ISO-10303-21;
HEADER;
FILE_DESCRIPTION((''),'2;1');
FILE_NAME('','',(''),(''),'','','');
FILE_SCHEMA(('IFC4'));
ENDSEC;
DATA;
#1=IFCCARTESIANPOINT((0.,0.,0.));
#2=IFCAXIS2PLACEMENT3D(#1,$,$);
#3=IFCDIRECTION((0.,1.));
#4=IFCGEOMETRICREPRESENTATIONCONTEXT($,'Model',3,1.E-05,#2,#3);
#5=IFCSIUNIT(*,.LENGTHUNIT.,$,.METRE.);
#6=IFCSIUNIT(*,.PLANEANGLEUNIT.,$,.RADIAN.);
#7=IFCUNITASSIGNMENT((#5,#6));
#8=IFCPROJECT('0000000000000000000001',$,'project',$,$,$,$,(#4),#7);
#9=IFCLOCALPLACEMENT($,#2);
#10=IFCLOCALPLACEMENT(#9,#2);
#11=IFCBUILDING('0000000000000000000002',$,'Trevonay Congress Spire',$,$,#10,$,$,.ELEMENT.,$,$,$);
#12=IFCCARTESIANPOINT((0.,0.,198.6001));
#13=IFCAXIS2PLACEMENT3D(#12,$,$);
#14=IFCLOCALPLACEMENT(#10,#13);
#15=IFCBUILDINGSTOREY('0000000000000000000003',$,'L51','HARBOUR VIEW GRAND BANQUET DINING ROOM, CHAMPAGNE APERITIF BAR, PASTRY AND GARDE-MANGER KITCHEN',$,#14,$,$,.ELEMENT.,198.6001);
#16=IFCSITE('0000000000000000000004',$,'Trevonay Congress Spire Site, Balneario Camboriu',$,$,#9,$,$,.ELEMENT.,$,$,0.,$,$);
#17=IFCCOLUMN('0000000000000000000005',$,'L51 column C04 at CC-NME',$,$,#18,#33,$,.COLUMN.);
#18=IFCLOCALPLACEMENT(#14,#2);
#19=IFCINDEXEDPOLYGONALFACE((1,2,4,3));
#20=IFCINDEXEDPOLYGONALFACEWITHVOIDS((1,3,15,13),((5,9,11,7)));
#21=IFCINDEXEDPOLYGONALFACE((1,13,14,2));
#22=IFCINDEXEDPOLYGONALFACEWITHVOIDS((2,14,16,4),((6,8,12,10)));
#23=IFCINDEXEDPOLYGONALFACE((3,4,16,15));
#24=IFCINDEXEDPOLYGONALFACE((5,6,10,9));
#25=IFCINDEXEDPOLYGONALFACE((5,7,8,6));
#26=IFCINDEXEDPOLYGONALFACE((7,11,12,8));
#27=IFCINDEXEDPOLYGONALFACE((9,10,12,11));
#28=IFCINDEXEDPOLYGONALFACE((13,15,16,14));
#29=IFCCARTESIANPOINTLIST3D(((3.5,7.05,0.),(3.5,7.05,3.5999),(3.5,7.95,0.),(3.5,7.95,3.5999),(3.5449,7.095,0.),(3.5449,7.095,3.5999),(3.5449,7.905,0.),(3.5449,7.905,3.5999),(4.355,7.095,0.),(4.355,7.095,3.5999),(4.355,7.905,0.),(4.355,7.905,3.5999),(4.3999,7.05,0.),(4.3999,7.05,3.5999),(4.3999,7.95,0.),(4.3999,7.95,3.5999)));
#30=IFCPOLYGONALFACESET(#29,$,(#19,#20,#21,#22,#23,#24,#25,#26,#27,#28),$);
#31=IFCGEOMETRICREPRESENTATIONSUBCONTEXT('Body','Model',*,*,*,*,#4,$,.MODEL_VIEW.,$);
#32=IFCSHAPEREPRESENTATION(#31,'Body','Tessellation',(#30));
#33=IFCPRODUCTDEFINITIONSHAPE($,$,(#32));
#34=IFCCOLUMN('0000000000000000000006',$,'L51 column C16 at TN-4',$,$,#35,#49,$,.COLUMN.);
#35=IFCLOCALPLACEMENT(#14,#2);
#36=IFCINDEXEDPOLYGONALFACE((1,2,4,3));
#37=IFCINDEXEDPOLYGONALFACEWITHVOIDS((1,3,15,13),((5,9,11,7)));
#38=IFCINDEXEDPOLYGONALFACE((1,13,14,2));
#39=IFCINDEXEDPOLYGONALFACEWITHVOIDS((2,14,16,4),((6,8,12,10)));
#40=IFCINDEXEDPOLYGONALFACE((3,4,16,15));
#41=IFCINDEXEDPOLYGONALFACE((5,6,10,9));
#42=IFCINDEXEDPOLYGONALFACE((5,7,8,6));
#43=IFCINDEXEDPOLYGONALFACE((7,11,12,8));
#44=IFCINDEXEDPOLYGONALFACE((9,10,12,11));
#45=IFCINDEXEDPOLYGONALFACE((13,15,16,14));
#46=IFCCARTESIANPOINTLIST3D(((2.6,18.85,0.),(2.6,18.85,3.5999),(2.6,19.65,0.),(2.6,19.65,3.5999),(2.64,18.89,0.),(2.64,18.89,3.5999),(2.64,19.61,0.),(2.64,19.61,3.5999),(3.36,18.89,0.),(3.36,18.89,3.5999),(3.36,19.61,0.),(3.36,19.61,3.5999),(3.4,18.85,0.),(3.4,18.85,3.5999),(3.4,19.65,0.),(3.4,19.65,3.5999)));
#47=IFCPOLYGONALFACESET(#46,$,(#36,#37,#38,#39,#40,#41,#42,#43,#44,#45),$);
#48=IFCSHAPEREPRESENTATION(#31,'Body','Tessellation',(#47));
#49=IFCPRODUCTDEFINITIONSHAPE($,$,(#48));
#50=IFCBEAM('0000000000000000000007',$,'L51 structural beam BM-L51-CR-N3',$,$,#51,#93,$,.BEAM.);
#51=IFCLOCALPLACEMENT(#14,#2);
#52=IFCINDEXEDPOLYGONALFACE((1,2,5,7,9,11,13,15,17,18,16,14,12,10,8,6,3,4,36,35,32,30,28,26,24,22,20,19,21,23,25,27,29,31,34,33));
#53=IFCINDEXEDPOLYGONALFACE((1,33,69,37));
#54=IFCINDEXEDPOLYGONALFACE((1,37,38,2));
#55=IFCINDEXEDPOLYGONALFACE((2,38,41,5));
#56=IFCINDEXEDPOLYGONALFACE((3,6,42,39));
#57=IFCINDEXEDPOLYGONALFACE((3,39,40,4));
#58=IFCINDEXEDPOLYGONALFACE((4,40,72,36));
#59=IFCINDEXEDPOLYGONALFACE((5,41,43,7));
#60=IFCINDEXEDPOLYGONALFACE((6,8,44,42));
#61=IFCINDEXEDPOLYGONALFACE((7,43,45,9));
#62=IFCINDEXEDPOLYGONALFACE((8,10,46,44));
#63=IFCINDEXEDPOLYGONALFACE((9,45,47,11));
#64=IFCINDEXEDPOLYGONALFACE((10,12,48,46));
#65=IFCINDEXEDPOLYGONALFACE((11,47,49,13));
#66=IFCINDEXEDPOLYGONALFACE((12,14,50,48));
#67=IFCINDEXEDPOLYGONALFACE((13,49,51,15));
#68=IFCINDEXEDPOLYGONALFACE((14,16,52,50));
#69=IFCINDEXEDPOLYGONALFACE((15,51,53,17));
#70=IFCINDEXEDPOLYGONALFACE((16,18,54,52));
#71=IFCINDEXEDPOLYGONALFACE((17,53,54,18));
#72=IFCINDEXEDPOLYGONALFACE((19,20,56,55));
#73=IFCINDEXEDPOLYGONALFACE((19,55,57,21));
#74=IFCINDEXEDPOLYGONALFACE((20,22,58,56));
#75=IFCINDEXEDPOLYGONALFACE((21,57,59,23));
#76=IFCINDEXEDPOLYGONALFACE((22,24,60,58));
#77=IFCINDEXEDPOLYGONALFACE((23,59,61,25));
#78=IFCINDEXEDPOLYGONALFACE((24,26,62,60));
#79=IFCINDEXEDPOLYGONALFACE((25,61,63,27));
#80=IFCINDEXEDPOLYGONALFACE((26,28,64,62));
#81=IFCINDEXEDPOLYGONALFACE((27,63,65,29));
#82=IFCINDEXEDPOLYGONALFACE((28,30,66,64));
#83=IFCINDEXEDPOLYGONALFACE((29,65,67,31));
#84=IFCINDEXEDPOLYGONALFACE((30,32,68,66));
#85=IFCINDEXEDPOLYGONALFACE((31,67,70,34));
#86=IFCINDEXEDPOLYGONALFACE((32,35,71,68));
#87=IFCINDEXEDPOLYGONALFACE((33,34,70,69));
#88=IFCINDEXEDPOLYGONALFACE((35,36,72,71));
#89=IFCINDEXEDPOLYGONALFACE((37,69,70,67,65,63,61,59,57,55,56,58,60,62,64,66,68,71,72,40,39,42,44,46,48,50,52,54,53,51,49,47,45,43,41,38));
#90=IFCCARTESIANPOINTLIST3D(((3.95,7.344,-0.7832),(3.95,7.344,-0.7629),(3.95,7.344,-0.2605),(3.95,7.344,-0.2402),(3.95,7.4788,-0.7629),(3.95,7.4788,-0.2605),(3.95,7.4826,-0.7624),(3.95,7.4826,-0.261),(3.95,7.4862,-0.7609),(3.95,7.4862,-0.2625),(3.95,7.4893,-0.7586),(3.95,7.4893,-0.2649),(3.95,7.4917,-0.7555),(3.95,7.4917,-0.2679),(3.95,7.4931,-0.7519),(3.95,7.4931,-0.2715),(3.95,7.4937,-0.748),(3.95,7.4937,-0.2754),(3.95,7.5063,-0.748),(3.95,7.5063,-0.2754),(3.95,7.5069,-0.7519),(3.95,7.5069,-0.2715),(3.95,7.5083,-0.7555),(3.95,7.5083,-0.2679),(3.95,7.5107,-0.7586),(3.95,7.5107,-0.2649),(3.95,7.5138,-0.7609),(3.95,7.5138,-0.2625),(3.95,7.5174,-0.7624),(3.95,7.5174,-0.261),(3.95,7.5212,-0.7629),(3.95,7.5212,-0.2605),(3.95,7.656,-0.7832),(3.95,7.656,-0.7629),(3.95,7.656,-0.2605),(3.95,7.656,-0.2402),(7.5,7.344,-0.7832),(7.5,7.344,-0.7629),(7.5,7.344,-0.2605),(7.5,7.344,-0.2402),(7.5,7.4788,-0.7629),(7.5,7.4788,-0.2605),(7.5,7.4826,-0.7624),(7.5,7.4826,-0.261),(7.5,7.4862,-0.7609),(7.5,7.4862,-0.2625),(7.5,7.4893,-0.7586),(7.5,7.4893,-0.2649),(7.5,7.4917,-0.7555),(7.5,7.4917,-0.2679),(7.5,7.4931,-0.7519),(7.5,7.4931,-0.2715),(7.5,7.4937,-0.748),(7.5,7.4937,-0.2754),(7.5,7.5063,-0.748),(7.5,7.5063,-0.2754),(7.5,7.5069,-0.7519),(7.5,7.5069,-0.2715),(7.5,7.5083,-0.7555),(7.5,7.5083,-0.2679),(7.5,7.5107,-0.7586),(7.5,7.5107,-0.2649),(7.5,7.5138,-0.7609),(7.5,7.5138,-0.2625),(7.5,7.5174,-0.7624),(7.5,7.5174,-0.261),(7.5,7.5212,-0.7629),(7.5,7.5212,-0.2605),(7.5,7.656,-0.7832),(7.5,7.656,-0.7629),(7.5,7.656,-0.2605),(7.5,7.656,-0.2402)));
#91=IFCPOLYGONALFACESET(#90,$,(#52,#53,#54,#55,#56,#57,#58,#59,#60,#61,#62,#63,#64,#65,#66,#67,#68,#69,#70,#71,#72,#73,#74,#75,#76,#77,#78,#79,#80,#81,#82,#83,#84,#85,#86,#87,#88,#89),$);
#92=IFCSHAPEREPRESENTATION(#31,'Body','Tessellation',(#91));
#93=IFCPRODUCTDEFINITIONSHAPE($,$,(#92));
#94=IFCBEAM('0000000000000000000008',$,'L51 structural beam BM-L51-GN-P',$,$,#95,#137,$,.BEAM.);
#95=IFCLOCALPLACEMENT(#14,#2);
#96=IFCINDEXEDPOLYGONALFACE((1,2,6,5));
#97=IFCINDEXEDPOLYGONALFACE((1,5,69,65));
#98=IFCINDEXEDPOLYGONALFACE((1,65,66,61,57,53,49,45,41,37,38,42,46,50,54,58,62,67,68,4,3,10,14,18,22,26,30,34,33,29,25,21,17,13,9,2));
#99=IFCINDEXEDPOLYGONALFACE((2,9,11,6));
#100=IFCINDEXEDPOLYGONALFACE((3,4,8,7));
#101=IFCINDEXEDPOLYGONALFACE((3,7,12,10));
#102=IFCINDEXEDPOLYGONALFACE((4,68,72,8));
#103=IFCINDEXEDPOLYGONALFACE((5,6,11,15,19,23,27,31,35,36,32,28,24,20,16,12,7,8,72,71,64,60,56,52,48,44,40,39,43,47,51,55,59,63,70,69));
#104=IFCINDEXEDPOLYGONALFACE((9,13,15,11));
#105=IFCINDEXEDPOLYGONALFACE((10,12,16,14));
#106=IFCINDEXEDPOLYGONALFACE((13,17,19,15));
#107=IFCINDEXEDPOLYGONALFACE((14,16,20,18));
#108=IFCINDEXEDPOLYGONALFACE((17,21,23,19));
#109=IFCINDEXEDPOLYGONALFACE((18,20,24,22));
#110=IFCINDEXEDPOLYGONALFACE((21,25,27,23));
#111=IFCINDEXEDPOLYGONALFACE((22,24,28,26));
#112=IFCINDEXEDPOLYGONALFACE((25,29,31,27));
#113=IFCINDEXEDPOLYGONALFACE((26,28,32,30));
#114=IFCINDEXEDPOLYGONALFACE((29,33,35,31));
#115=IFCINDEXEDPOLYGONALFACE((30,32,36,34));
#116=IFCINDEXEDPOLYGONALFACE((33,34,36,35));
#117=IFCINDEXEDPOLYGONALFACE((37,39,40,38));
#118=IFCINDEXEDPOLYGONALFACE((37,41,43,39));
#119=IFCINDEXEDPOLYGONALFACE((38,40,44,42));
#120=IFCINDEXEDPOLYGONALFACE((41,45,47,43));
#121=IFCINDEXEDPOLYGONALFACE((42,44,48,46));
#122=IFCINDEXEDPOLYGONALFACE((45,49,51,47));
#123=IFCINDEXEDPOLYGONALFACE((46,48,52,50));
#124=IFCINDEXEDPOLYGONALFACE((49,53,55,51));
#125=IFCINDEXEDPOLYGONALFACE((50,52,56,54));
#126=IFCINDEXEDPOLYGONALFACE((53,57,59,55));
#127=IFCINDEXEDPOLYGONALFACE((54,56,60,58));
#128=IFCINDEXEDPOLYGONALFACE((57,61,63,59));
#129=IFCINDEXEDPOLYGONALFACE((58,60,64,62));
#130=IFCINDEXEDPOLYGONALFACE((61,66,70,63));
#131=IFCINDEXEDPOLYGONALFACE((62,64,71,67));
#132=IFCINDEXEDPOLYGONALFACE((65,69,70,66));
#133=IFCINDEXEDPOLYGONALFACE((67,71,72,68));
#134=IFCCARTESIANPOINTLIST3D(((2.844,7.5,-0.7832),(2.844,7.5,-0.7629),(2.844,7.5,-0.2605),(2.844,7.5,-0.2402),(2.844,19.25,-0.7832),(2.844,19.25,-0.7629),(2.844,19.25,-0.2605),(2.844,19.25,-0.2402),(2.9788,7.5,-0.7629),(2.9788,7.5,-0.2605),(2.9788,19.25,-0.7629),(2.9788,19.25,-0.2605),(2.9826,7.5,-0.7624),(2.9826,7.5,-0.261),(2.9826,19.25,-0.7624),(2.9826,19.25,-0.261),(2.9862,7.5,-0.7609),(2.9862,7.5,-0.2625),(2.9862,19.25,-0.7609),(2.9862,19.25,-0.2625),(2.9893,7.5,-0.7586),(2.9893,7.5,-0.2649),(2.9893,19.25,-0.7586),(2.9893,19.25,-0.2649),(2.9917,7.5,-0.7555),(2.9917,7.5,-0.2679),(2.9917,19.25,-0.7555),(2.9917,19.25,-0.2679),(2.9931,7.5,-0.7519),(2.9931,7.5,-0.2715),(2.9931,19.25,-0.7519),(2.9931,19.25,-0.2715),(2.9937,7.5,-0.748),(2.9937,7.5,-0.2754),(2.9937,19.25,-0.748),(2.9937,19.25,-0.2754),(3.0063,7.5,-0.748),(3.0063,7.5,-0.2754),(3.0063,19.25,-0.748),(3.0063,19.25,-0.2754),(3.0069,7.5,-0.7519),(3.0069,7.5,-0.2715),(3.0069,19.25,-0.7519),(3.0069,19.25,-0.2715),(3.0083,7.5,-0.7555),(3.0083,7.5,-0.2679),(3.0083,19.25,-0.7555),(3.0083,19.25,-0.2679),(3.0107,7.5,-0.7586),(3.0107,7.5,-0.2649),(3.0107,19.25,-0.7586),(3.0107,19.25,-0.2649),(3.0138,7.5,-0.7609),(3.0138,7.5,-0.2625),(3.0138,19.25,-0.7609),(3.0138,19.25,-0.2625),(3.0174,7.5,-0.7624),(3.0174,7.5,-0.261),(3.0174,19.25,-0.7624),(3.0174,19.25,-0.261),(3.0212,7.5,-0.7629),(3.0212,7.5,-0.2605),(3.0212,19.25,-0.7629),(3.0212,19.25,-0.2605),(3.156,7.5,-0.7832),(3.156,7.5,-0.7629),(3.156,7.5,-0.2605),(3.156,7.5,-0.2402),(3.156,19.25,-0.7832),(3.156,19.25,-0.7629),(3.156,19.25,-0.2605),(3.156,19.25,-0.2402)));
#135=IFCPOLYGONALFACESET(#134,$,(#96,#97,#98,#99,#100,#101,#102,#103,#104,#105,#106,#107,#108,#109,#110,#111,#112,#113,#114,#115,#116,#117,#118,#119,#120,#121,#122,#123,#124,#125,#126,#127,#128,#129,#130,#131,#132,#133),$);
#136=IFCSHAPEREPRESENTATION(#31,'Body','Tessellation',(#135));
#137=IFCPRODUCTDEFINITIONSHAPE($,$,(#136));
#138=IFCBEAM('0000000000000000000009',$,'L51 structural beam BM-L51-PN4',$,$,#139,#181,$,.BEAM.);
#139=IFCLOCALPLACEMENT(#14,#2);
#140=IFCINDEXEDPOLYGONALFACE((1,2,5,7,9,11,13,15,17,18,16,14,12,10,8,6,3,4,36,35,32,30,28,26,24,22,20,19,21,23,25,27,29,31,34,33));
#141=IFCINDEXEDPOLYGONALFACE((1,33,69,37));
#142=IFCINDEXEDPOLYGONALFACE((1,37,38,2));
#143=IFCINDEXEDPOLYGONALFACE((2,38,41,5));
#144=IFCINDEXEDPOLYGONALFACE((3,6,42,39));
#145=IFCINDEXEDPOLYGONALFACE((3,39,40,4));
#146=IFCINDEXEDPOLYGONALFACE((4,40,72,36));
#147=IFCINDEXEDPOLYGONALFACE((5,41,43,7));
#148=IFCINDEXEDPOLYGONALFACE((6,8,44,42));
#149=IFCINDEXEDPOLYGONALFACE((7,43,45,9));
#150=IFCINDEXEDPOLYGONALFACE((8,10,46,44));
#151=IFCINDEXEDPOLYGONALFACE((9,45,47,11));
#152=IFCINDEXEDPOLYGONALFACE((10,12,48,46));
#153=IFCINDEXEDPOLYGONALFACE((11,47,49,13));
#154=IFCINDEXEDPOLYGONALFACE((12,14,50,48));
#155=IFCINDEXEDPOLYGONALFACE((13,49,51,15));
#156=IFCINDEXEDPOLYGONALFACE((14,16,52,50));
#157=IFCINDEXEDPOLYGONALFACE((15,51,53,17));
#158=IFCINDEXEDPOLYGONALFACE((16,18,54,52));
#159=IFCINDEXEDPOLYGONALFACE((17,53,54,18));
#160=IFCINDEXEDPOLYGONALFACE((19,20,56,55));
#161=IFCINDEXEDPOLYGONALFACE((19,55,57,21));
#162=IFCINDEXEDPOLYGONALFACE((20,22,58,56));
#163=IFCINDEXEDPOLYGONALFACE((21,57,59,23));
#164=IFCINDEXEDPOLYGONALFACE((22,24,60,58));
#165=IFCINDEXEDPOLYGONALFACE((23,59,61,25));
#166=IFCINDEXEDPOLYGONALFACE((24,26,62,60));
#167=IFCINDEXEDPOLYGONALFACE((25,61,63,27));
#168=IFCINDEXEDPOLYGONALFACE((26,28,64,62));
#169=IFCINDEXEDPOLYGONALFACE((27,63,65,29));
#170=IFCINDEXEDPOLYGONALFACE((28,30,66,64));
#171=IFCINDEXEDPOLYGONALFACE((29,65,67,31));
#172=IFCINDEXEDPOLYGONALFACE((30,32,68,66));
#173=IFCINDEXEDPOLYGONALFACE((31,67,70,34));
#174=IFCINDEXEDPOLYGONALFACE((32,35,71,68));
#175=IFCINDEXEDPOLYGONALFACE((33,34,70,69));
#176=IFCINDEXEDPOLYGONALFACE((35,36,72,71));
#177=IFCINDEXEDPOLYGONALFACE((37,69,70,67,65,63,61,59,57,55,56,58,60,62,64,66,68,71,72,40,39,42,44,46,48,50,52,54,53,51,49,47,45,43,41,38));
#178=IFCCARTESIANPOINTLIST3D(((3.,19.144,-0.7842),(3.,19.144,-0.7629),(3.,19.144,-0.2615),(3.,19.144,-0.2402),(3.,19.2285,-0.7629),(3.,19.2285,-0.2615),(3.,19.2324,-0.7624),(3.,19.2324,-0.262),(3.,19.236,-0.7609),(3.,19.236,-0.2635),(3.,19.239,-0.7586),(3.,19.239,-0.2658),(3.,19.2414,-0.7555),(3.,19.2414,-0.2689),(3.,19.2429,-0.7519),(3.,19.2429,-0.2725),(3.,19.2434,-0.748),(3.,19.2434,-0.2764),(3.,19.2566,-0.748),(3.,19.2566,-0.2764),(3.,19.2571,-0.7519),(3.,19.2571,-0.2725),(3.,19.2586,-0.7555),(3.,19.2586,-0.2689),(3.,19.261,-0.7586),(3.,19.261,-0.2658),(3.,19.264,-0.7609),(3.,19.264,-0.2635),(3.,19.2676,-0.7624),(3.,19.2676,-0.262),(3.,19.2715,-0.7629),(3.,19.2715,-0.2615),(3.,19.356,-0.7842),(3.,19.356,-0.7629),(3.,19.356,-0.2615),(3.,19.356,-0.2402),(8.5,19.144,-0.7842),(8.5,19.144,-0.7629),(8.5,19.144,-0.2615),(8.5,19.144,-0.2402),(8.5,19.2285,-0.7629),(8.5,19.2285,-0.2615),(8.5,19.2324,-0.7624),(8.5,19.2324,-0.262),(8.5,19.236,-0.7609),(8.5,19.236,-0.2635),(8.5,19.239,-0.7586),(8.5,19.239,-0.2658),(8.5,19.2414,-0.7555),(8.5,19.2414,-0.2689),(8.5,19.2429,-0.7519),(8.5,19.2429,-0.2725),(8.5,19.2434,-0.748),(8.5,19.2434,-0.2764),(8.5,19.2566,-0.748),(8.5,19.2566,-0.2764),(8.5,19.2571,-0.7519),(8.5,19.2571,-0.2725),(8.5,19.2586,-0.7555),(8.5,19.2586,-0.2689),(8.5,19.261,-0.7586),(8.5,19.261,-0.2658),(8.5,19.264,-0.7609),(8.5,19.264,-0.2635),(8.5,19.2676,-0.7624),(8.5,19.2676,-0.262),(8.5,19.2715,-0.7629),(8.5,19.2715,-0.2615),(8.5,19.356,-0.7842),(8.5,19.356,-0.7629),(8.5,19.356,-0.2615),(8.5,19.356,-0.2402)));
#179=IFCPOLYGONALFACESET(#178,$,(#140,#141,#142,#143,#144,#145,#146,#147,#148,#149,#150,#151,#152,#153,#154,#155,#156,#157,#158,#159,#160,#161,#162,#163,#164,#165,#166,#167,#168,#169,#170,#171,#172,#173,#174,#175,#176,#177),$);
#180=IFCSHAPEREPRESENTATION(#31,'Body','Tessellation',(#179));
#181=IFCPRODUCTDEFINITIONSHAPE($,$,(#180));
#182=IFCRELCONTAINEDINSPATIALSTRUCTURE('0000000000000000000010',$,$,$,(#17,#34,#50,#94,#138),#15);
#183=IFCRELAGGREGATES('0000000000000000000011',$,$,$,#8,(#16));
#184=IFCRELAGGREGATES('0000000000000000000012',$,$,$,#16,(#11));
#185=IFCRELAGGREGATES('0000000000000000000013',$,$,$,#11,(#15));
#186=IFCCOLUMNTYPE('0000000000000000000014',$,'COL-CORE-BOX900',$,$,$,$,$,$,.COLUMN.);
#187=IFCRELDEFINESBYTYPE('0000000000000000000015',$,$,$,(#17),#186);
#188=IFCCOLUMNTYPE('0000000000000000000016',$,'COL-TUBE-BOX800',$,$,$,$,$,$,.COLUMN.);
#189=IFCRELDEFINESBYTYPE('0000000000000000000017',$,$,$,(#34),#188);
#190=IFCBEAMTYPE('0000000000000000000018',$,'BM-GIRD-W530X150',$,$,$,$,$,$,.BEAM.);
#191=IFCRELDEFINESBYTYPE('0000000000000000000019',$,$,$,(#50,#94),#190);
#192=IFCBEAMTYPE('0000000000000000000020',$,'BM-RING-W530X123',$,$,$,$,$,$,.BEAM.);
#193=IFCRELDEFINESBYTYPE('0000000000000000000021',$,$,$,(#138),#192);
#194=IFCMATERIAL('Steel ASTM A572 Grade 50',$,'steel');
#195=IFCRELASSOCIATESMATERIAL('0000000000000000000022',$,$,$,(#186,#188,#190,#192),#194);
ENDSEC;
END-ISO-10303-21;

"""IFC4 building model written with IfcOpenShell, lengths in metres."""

from ifc_helpers import new_model, si_unit, direction, frame, origin, origin_2d, place, context, subcontext, project, spatial, hollow_rectangle, i_section, extrude, material, material_profile, profile_set, type_object, element, save


model = new_model("IFC4")

# Units and contexts
model_context = context("Model", 3, precision=1e-05, world=origin(), true_north=direction((0.0, 1.0)))
body_context = subcontext(model_context, "Body", "Model", "MODEL_VIEW")
ifc_project = project(units=[si_unit("LENGTHUNIT", "METRE"), si_unit("PLANEANGLEUNIT", "RADIAN")], contexts=[model_context])

# Site, building, storey
site_placement = place(None, origin())
site = spatial("IfcSite", under=ifc_project, at=site_placement, Name="Trevonay Congress Spire Site, Balneario Camboriu", CompositionType="ELEMENT", RefElevation=0.0)
building_placement = place(site_placement, origin())
building = spatial("IfcBuilding", under=site, at=building_placement, Name="Trevonay Congress Spire", CompositionType="ELEMENT")
storey_placement = place(building_placement, frame((0.0, 0.0, 198.6001)))
storey = spatial("IfcBuildingStorey", under=building, at=storey_placement, Name="L51", Description="HARBOUR VIEW GRAND BANQUET DINING ROOM, CHAMPAGNE APERITIF BAR, PASTRY AND GARDE-MANGER KITCHEN", CompositionType="ELEMENT", Elevation=198.6001)

# Columns
ifc_material_1 = material(Name="Steel ASTM A572 Grade 50", Category="steel")
ifc_material_profile_1 = material_profile(ifc_material_1, hollow_rectangle(XDim=0.8999, YDim=0.8999, WallThickness=0.0449, at=origin_2d()), Name="BOX 900x900x45")
ifc_profile_set_1 = profile_set([ifc_material_profile_1], Name="Steel ASTM A572 Grade 50")
column_type_1 = type_object("IfcColumnType", Name="COL-CORE-BOX900", PredefinedType="COLUMN", material=ifc_profile_set_1)
column_1_placement = place(storey_placement, frame((3.95, 7.5, 0.0), z_axis=(0.0, 0.0, 1.0), x_axis=(1.0, 0.0, 0.0)))
element("IfcColumn", 1, at=column_1_placement, inside=storey, type_object=column_type_1, Name="L51 column C04 at CC-NME", PredefinedType="COLUMN", context=body_context, shape_type="SweptSolid", body=[
    extrude(hollow_rectangle(XDim=0.8999, YDim=0.8999, WallThickness=0.0449, at=origin_2d()), origin(), (0.0, 0.0, 1.0), 3.5999),
])
ifc_material_profile_2 = material_profile(ifc_material_1, hollow_rectangle(XDim=0.8, YDim=0.8, WallThickness=0.04, at=origin_2d()), Name="BOX 800x800x40")
ifc_profile_set_2 = profile_set([ifc_material_profile_2], Name="Steel ASTM A572 Grade 50")
column_type_2 = type_object("IfcColumnType", Name="COL-TUBE-BOX800", PredefinedType="COLUMN", material=ifc_profile_set_2)
column_2_placement = place(storey_placement, frame((3.0, 19.25, 0.0), z_axis=(0.0, 0.0, 1.0), x_axis=(1.0, 0.0, 0.0)))
element("IfcColumn", 2, at=column_2_placement, inside=storey, type_object=column_type_2, Name="L51 column C16 at TN-4", PredefinedType="COLUMN", context=body_context, shape_type="SweptSolid", body=[
    extrude(hollow_rectangle(XDim=0.8, YDim=0.8, WallThickness=0.04, at=origin_2d()), origin(), (0.0, 0.0, 1.0), 3.5999),
])

# Beams
ifc_material_profile_3 = material_profile(ifc_material_1, i_section(OverallWidth=0.312, OverallDepth=0.543, WebThickness=0.0127, FlangeThickness=0.0203, FilletRadius=0.0149, at=origin_2d()), Name="W530x150")
ifc_profile_set_3 = profile_set([ifc_material_profile_3], Name="Steel ASTM A572 Grade 50")
beam_type_1 = type_object("IfcBeamType", Name="BM-GIRD-W530X150", PredefinedType="BEAM", material=ifc_profile_set_3)
beam_1_placement = place(storey_placement, frame((3.95, 7.5, -0.5117), z_axis=(1.0, 0.0, 0.0), x_axis=(0.0, 1.0, 0.0)))
element("IfcBeam", 3, at=beam_1_placement, inside=storey, type_object=beam_type_1, Name="L51 structural beam BM-L51-CR-N3", PredefinedType="BEAM", context=body_context, shape_type="SweptSolid", body=[
    extrude(i_section(OverallWidth=0.312, OverallDepth=0.543, WebThickness=0.0127, FlangeThickness=0.0203, FilletRadius=0.0149, at=origin_2d()), origin(), (0.0, 0.0, 1.0), 3.55),
])
beam_2_placement = place(storey_placement, frame((3.0, 7.5, -0.5117), z_axis=(0.0, 1.0, 0.0), x_axis=(-1.0, 0.0, 0.0)))
element("IfcBeam", 4, at=beam_2_placement, inside=storey, type_object=beam_type_1, Name="L51 structural beam BM-L51-GN-P", PredefinedType="BEAM", context=body_context, shape_type="SweptSolid", body=[
    extrude(i_section(OverallWidth=0.312, OverallDepth=0.543, WebThickness=0.0127, FlangeThickness=0.0203, FilletRadius=0.0149, at=origin_2d()), origin(), (0.0, 0.0, 1.0), 11.75),
])
ifc_material_profile_4 = material_profile(ifc_material_1, i_section(OverallWidth=0.2119, OverallDepth=0.5439, WebThickness=0.0132, FlangeThickness=0.0212, FilletRadius=0.0149, at=origin_2d()), Name="W530x123")
ifc_profile_set_4 = profile_set([ifc_material_profile_4], Name="Steel ASTM A572 Grade 50")
beam_type_2 = type_object("IfcBeamType", Name="BM-RING-W530X123", PredefinedType="BEAM", material=ifc_profile_set_4)
beam_3_placement = place(storey_placement, frame((3.0, 19.25, -0.5122), z_axis=(1.0, 0.0, 0.0), x_axis=(0.0, 1.0, 0.0)))
element("IfcBeam", 5, at=beam_3_placement, inside=storey, type_object=beam_type_2, Name="L51 structural beam BM-L51-PN4", PredefinedType="BEAM", context=body_context, shape_type="SweptSolid", body=[
    extrude(i_section(OverallWidth=0.2119, OverallDepth=0.5439, WebThickness=0.0132, FlangeThickness=0.0212, FilletRadius=0.0149, at=origin_2d()), origin(), (0.0, 0.0, 1.0), 5.5),
])

save(model, "model.ifc")
